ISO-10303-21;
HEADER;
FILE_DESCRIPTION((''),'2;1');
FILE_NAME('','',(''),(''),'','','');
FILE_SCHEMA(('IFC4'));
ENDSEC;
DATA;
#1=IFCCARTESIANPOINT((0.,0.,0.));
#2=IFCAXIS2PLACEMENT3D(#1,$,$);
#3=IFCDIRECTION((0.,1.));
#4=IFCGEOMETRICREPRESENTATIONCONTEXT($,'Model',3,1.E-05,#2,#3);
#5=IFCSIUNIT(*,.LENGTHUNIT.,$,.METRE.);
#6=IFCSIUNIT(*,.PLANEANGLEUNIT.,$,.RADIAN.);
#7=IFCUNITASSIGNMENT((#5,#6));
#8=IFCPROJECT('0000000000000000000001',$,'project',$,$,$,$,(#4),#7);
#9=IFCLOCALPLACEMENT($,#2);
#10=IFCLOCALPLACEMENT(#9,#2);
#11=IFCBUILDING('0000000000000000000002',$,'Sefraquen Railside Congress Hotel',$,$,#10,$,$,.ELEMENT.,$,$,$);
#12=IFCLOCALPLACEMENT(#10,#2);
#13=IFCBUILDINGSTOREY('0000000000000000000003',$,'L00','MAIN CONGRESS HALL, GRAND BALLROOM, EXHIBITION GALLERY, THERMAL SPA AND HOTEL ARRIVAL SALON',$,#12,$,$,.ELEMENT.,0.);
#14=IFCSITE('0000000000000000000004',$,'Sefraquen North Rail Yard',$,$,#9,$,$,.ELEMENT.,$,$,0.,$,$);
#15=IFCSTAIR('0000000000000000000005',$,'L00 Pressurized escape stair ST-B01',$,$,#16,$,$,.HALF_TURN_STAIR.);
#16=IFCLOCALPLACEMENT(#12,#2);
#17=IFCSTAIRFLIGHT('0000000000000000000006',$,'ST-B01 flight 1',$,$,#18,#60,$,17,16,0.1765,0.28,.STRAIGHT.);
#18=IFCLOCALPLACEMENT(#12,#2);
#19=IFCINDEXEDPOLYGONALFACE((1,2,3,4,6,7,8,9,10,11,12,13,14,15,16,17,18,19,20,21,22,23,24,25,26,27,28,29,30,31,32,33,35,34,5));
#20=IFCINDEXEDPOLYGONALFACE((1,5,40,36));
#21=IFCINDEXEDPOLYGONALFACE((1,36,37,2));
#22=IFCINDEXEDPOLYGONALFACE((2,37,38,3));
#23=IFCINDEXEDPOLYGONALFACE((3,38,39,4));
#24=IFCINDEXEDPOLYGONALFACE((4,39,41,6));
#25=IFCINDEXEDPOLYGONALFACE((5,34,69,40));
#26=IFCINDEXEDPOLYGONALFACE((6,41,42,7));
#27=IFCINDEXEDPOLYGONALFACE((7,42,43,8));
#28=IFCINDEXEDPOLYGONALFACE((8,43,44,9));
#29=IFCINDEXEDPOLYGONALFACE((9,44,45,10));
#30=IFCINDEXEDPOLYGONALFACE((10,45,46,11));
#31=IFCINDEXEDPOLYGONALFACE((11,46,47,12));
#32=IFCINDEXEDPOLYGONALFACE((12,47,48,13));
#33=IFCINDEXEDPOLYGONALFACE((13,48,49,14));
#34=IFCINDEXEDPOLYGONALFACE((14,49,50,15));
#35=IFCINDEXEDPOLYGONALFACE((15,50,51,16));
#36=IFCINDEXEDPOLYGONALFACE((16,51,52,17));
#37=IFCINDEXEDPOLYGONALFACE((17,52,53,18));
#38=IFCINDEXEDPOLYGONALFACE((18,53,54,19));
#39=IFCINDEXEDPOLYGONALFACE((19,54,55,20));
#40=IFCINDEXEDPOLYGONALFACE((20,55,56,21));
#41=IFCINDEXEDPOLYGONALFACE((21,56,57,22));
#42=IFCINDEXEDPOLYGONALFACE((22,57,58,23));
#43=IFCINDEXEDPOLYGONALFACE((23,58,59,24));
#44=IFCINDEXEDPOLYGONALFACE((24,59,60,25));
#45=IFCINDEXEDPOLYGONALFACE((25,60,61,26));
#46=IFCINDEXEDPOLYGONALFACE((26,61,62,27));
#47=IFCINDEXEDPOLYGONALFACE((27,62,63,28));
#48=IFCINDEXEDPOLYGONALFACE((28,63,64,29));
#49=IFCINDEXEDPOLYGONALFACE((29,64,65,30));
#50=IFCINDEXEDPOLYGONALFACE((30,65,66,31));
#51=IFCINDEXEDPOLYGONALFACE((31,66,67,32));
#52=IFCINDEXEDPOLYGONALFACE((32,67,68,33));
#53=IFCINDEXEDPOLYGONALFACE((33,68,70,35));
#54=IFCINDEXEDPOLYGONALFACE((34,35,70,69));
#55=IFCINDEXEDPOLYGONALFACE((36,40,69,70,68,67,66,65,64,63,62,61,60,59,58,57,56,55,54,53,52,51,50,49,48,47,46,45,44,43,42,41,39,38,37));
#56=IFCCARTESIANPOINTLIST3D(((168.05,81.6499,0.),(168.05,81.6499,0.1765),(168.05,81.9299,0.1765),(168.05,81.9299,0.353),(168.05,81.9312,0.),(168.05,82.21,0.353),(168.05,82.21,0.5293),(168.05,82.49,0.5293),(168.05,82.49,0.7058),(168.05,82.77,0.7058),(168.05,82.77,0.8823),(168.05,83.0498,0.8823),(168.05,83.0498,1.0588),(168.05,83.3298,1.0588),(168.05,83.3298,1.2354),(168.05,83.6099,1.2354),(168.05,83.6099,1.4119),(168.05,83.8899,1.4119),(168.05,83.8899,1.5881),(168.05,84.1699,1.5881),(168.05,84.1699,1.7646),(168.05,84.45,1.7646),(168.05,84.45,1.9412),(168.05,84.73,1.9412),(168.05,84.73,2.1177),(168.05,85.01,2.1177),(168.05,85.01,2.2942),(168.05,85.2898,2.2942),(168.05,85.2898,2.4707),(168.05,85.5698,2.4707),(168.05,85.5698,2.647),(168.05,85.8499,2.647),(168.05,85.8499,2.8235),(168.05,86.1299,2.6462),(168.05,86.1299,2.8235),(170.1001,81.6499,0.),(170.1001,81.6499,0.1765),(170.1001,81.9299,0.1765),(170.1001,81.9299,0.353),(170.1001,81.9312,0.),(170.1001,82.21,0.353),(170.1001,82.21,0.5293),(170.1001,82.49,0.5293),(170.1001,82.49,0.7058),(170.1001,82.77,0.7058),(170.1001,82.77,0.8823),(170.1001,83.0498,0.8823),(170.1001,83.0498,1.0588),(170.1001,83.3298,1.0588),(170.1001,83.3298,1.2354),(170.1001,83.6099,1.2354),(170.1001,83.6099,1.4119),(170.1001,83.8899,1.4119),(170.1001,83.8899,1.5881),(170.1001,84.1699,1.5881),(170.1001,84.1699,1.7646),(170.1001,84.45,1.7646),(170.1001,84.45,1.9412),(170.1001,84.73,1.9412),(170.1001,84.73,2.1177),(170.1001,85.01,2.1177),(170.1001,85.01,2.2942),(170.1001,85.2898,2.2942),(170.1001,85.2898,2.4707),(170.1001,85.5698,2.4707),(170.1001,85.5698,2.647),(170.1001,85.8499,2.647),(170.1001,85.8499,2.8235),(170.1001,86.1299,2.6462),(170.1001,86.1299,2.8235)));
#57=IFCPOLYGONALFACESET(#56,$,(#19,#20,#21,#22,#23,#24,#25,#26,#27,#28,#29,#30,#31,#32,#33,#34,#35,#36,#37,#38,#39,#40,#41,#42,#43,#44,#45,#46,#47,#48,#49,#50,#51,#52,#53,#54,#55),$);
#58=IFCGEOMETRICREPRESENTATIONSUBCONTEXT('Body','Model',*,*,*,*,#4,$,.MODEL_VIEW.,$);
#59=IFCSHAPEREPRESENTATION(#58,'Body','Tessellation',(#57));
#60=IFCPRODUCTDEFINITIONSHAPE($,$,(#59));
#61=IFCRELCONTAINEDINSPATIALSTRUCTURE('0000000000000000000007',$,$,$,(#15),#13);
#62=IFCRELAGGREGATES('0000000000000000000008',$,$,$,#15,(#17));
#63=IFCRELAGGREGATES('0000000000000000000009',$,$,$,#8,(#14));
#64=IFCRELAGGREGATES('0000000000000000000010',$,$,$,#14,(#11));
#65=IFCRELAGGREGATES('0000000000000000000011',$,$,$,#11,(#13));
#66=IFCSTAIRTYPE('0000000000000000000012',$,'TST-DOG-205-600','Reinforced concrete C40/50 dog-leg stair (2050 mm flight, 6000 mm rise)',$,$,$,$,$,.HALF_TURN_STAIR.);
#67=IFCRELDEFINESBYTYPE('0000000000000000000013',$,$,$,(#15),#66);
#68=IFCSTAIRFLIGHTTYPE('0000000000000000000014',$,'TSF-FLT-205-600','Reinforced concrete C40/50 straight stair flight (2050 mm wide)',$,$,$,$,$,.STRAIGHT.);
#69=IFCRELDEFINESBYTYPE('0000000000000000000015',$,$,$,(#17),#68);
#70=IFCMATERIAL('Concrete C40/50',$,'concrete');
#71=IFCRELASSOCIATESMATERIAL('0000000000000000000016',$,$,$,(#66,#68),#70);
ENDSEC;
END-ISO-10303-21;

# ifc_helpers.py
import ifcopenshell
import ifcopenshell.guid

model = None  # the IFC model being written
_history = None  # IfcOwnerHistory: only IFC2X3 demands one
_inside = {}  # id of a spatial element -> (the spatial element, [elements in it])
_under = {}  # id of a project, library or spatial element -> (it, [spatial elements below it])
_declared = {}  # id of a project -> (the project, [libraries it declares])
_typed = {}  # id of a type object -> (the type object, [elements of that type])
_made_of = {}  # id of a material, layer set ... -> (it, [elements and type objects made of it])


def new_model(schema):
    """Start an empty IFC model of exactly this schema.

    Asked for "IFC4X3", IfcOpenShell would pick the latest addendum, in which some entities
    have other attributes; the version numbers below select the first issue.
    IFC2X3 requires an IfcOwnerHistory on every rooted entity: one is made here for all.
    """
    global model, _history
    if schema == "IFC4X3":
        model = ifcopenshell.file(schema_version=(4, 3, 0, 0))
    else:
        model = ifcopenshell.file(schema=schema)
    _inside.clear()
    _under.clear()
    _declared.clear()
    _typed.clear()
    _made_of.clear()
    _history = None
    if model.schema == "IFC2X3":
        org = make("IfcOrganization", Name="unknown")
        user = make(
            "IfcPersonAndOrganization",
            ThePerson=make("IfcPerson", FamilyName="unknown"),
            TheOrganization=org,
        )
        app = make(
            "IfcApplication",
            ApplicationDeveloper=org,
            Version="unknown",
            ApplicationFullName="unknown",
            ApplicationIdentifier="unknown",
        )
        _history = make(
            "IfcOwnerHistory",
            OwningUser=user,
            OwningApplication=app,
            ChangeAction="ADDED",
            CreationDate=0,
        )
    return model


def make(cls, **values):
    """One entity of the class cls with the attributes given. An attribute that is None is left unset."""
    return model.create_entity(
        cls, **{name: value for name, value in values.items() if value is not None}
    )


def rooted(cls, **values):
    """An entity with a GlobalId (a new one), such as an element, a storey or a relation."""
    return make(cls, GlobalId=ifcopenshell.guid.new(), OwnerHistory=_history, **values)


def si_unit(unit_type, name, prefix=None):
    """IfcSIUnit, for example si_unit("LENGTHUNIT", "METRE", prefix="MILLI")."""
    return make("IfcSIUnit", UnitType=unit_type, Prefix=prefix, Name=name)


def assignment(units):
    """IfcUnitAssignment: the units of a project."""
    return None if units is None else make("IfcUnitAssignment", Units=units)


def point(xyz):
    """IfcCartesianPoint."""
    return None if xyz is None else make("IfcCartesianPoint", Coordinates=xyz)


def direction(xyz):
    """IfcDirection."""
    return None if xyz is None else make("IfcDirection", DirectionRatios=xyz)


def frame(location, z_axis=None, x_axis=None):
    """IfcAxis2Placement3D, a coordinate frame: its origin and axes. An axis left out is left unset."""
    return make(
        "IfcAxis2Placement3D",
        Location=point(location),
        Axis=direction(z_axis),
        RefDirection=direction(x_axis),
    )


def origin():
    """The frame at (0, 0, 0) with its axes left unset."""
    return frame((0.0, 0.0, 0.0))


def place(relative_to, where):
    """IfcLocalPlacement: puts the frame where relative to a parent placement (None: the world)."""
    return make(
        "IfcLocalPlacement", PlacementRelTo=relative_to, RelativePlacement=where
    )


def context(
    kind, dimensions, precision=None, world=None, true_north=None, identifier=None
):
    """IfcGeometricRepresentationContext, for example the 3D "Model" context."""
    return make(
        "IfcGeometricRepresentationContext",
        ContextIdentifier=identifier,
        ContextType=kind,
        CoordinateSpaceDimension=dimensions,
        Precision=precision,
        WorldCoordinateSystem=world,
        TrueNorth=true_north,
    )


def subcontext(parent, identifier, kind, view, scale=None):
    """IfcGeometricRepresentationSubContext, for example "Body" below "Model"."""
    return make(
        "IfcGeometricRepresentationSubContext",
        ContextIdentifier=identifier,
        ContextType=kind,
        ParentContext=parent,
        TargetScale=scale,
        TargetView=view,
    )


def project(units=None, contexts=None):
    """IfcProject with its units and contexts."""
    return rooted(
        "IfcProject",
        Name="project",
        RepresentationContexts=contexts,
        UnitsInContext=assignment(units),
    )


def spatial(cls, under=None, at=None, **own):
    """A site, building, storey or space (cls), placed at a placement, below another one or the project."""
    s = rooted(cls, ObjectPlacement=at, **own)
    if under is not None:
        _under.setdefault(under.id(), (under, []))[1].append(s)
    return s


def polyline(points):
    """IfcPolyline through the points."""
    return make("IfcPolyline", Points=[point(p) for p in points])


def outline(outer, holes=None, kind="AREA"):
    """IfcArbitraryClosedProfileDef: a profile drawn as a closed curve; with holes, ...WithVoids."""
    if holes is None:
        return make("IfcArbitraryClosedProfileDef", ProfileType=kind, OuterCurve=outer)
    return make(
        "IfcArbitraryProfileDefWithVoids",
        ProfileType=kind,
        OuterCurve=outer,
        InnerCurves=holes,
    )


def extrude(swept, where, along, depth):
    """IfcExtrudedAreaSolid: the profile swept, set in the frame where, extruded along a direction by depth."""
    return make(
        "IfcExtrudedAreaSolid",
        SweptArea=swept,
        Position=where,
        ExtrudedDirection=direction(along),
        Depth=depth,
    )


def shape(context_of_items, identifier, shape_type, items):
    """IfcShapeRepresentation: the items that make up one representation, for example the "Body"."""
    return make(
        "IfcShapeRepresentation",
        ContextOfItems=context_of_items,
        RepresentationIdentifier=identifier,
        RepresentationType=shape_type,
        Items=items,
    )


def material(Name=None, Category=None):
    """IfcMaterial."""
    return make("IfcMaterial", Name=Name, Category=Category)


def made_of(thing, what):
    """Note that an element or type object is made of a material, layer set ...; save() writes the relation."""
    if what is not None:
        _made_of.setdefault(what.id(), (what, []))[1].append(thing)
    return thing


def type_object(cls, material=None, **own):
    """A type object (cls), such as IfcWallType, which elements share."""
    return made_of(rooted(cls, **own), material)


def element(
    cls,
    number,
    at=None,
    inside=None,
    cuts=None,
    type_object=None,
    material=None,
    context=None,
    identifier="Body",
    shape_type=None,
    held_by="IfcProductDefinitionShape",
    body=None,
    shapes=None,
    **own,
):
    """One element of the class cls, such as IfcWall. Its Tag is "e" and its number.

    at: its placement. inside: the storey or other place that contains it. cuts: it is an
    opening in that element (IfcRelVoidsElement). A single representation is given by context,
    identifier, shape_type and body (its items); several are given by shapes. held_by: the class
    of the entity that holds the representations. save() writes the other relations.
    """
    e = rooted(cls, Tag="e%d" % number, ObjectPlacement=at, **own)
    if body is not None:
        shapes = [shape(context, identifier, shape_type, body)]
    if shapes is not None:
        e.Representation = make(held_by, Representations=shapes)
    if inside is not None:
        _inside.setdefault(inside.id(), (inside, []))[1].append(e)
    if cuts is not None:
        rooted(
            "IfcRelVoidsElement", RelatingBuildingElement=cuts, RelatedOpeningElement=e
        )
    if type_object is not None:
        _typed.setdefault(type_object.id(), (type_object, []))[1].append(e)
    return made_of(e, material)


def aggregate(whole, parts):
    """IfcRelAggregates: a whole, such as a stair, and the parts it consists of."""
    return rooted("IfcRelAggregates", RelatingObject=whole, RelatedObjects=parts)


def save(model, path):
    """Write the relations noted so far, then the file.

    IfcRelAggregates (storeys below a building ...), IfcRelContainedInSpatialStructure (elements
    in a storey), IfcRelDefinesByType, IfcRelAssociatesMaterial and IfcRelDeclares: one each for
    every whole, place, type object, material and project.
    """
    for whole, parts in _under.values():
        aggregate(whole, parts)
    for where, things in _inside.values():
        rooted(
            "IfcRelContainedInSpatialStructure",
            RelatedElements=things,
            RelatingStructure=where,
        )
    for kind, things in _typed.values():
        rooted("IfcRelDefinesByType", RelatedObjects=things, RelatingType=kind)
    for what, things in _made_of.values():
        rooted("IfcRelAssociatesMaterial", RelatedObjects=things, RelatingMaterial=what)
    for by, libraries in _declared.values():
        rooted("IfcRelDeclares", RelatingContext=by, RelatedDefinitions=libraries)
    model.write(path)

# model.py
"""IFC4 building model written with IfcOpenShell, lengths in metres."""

from ifc_helpers import new_model, si_unit, direction, frame, origin, place, context, subcontext, project, spatial, polyline, outline, extrude, material, type_object, element, aggregate, save


model = new_model("IFC4")

# Units and contexts
model_context = context("Model", 3, precision=1e-05, world=origin(), true_north=direction((0.0, 1.0)))
body_context = subcontext(model_context, "Body", "Model", "MODEL_VIEW")
ifc_project = project(units=[si_unit("LENGTHUNIT", "METRE"), si_unit("PLANEANGLEUNIT", "RADIAN")], contexts=[model_context])

# Site, building, storey
site_placement = place(None, origin())
site = spatial("IfcSite", under=ifc_project, at=site_placement, Name="Sefraquen North Rail Yard", CompositionType="ELEMENT", RefElevation=0.0)
building_placement = place(site_placement, origin())
building = spatial("IfcBuilding", under=site, at=building_placement, Name="Sefraquen Railside Congress Hotel", CompositionType="ELEMENT")
storey_placement = place(building_placement, origin())
storey = spatial("IfcBuildingStorey", under=building, at=storey_placement, Name="L00", Description="MAIN CONGRESS HALL, GRAND BALLROOM, EXHIBITION GALLERY, THERMAL SPA AND HOTEL ARRIVAL SALON", CompositionType="ELEMENT", Elevation=0.0)

# Stair, stair flight
ifc_material_1 = material(Name="Concrete C40/50", Category="concrete")
stair_type = type_object("IfcStairType", Name="TST-DOG-205-600", Description="Reinforced concrete C40/50 dog-leg stair (2050 mm flight, 6000 mm rise)", PredefinedType="HALF_TURN_STAIR", material=ifc_material_1)
stair_placement = place(storey_placement, origin())
stair = element("IfcStair", 1, at=stair_placement, inside=storey, type_object=stair_type, Name="L00 Pressurized escape stair ST-B01", PredefinedType="HALF_TURN_STAIR")
stair_flight_type = type_object("IfcStairFlightType", Name="TSF-FLT-205-600", Description="Reinforced concrete C40/50 straight stair flight (2050 mm wide)", PredefinedType="STRAIGHT", material=ifc_material_1)
stair_flight_placement = place(storey_placement, frame((169.075, 81.6499, 0.0), z_axis=(0.0, 0.0, 1.0), x_axis=(0.0, 1.0, 0.0)))
stair_flight = element("IfcStairFlight", 2, at=stair_flight_placement, type_object=stair_flight_type, Name="ST-B01 flight 1", NumberOfRisers=17, NumberOfTreads=16, PredefinedType="STRAIGHT", RiserHeight=0.1765, TreadLength=0.28, context=body_context, shape_type="SweptSolid", body=[
    extrude(outline(polyline([(0.0, 0.0), (0.0, 0.1765), (0.28, 0.1765), (0.28, 0.353), (0.5601, 0.353), (0.5601, 0.5293), (0.8401, 0.5293), (0.8401, 0.7058), (1.1201, 0.7058), (1.1201, 0.8823), (1.3999, 0.8823), (1.3999, 1.0588), (1.6799, 1.0588), (1.6799, 1.2354), (1.96, 1.2354), (1.96, 1.4119), (2.24, 1.4119), (2.24, 1.5881), (2.52, 1.5881), (2.52, 1.7646), (2.8, 1.7646), (2.8, 1.9412), (3.0801, 1.9412), (3.0801, 2.1177), (3.3601, 2.1177), (3.3601, 2.2942), (3.6399, 2.2942), (3.6399, 2.4707), (3.9199, 2.4707), (3.9199, 2.647), (4.2, 2.647), (4.2, 2.8235), (4.48, 2.8235), (4.48, 3.0), (4.48, 2.6462), (0.2812, 0.0), (0.0, 0.0)])), frame((0.0, 1.0249, 0.0), z_axis=(0.0, -1.0, 0.0), x_axis=(1.0, 0.0, 0.0)), (0.0, 0.0, 1.0), 2.05),
])
aggregate(stair, [stair_flight])

save(model, "model.ifc")
